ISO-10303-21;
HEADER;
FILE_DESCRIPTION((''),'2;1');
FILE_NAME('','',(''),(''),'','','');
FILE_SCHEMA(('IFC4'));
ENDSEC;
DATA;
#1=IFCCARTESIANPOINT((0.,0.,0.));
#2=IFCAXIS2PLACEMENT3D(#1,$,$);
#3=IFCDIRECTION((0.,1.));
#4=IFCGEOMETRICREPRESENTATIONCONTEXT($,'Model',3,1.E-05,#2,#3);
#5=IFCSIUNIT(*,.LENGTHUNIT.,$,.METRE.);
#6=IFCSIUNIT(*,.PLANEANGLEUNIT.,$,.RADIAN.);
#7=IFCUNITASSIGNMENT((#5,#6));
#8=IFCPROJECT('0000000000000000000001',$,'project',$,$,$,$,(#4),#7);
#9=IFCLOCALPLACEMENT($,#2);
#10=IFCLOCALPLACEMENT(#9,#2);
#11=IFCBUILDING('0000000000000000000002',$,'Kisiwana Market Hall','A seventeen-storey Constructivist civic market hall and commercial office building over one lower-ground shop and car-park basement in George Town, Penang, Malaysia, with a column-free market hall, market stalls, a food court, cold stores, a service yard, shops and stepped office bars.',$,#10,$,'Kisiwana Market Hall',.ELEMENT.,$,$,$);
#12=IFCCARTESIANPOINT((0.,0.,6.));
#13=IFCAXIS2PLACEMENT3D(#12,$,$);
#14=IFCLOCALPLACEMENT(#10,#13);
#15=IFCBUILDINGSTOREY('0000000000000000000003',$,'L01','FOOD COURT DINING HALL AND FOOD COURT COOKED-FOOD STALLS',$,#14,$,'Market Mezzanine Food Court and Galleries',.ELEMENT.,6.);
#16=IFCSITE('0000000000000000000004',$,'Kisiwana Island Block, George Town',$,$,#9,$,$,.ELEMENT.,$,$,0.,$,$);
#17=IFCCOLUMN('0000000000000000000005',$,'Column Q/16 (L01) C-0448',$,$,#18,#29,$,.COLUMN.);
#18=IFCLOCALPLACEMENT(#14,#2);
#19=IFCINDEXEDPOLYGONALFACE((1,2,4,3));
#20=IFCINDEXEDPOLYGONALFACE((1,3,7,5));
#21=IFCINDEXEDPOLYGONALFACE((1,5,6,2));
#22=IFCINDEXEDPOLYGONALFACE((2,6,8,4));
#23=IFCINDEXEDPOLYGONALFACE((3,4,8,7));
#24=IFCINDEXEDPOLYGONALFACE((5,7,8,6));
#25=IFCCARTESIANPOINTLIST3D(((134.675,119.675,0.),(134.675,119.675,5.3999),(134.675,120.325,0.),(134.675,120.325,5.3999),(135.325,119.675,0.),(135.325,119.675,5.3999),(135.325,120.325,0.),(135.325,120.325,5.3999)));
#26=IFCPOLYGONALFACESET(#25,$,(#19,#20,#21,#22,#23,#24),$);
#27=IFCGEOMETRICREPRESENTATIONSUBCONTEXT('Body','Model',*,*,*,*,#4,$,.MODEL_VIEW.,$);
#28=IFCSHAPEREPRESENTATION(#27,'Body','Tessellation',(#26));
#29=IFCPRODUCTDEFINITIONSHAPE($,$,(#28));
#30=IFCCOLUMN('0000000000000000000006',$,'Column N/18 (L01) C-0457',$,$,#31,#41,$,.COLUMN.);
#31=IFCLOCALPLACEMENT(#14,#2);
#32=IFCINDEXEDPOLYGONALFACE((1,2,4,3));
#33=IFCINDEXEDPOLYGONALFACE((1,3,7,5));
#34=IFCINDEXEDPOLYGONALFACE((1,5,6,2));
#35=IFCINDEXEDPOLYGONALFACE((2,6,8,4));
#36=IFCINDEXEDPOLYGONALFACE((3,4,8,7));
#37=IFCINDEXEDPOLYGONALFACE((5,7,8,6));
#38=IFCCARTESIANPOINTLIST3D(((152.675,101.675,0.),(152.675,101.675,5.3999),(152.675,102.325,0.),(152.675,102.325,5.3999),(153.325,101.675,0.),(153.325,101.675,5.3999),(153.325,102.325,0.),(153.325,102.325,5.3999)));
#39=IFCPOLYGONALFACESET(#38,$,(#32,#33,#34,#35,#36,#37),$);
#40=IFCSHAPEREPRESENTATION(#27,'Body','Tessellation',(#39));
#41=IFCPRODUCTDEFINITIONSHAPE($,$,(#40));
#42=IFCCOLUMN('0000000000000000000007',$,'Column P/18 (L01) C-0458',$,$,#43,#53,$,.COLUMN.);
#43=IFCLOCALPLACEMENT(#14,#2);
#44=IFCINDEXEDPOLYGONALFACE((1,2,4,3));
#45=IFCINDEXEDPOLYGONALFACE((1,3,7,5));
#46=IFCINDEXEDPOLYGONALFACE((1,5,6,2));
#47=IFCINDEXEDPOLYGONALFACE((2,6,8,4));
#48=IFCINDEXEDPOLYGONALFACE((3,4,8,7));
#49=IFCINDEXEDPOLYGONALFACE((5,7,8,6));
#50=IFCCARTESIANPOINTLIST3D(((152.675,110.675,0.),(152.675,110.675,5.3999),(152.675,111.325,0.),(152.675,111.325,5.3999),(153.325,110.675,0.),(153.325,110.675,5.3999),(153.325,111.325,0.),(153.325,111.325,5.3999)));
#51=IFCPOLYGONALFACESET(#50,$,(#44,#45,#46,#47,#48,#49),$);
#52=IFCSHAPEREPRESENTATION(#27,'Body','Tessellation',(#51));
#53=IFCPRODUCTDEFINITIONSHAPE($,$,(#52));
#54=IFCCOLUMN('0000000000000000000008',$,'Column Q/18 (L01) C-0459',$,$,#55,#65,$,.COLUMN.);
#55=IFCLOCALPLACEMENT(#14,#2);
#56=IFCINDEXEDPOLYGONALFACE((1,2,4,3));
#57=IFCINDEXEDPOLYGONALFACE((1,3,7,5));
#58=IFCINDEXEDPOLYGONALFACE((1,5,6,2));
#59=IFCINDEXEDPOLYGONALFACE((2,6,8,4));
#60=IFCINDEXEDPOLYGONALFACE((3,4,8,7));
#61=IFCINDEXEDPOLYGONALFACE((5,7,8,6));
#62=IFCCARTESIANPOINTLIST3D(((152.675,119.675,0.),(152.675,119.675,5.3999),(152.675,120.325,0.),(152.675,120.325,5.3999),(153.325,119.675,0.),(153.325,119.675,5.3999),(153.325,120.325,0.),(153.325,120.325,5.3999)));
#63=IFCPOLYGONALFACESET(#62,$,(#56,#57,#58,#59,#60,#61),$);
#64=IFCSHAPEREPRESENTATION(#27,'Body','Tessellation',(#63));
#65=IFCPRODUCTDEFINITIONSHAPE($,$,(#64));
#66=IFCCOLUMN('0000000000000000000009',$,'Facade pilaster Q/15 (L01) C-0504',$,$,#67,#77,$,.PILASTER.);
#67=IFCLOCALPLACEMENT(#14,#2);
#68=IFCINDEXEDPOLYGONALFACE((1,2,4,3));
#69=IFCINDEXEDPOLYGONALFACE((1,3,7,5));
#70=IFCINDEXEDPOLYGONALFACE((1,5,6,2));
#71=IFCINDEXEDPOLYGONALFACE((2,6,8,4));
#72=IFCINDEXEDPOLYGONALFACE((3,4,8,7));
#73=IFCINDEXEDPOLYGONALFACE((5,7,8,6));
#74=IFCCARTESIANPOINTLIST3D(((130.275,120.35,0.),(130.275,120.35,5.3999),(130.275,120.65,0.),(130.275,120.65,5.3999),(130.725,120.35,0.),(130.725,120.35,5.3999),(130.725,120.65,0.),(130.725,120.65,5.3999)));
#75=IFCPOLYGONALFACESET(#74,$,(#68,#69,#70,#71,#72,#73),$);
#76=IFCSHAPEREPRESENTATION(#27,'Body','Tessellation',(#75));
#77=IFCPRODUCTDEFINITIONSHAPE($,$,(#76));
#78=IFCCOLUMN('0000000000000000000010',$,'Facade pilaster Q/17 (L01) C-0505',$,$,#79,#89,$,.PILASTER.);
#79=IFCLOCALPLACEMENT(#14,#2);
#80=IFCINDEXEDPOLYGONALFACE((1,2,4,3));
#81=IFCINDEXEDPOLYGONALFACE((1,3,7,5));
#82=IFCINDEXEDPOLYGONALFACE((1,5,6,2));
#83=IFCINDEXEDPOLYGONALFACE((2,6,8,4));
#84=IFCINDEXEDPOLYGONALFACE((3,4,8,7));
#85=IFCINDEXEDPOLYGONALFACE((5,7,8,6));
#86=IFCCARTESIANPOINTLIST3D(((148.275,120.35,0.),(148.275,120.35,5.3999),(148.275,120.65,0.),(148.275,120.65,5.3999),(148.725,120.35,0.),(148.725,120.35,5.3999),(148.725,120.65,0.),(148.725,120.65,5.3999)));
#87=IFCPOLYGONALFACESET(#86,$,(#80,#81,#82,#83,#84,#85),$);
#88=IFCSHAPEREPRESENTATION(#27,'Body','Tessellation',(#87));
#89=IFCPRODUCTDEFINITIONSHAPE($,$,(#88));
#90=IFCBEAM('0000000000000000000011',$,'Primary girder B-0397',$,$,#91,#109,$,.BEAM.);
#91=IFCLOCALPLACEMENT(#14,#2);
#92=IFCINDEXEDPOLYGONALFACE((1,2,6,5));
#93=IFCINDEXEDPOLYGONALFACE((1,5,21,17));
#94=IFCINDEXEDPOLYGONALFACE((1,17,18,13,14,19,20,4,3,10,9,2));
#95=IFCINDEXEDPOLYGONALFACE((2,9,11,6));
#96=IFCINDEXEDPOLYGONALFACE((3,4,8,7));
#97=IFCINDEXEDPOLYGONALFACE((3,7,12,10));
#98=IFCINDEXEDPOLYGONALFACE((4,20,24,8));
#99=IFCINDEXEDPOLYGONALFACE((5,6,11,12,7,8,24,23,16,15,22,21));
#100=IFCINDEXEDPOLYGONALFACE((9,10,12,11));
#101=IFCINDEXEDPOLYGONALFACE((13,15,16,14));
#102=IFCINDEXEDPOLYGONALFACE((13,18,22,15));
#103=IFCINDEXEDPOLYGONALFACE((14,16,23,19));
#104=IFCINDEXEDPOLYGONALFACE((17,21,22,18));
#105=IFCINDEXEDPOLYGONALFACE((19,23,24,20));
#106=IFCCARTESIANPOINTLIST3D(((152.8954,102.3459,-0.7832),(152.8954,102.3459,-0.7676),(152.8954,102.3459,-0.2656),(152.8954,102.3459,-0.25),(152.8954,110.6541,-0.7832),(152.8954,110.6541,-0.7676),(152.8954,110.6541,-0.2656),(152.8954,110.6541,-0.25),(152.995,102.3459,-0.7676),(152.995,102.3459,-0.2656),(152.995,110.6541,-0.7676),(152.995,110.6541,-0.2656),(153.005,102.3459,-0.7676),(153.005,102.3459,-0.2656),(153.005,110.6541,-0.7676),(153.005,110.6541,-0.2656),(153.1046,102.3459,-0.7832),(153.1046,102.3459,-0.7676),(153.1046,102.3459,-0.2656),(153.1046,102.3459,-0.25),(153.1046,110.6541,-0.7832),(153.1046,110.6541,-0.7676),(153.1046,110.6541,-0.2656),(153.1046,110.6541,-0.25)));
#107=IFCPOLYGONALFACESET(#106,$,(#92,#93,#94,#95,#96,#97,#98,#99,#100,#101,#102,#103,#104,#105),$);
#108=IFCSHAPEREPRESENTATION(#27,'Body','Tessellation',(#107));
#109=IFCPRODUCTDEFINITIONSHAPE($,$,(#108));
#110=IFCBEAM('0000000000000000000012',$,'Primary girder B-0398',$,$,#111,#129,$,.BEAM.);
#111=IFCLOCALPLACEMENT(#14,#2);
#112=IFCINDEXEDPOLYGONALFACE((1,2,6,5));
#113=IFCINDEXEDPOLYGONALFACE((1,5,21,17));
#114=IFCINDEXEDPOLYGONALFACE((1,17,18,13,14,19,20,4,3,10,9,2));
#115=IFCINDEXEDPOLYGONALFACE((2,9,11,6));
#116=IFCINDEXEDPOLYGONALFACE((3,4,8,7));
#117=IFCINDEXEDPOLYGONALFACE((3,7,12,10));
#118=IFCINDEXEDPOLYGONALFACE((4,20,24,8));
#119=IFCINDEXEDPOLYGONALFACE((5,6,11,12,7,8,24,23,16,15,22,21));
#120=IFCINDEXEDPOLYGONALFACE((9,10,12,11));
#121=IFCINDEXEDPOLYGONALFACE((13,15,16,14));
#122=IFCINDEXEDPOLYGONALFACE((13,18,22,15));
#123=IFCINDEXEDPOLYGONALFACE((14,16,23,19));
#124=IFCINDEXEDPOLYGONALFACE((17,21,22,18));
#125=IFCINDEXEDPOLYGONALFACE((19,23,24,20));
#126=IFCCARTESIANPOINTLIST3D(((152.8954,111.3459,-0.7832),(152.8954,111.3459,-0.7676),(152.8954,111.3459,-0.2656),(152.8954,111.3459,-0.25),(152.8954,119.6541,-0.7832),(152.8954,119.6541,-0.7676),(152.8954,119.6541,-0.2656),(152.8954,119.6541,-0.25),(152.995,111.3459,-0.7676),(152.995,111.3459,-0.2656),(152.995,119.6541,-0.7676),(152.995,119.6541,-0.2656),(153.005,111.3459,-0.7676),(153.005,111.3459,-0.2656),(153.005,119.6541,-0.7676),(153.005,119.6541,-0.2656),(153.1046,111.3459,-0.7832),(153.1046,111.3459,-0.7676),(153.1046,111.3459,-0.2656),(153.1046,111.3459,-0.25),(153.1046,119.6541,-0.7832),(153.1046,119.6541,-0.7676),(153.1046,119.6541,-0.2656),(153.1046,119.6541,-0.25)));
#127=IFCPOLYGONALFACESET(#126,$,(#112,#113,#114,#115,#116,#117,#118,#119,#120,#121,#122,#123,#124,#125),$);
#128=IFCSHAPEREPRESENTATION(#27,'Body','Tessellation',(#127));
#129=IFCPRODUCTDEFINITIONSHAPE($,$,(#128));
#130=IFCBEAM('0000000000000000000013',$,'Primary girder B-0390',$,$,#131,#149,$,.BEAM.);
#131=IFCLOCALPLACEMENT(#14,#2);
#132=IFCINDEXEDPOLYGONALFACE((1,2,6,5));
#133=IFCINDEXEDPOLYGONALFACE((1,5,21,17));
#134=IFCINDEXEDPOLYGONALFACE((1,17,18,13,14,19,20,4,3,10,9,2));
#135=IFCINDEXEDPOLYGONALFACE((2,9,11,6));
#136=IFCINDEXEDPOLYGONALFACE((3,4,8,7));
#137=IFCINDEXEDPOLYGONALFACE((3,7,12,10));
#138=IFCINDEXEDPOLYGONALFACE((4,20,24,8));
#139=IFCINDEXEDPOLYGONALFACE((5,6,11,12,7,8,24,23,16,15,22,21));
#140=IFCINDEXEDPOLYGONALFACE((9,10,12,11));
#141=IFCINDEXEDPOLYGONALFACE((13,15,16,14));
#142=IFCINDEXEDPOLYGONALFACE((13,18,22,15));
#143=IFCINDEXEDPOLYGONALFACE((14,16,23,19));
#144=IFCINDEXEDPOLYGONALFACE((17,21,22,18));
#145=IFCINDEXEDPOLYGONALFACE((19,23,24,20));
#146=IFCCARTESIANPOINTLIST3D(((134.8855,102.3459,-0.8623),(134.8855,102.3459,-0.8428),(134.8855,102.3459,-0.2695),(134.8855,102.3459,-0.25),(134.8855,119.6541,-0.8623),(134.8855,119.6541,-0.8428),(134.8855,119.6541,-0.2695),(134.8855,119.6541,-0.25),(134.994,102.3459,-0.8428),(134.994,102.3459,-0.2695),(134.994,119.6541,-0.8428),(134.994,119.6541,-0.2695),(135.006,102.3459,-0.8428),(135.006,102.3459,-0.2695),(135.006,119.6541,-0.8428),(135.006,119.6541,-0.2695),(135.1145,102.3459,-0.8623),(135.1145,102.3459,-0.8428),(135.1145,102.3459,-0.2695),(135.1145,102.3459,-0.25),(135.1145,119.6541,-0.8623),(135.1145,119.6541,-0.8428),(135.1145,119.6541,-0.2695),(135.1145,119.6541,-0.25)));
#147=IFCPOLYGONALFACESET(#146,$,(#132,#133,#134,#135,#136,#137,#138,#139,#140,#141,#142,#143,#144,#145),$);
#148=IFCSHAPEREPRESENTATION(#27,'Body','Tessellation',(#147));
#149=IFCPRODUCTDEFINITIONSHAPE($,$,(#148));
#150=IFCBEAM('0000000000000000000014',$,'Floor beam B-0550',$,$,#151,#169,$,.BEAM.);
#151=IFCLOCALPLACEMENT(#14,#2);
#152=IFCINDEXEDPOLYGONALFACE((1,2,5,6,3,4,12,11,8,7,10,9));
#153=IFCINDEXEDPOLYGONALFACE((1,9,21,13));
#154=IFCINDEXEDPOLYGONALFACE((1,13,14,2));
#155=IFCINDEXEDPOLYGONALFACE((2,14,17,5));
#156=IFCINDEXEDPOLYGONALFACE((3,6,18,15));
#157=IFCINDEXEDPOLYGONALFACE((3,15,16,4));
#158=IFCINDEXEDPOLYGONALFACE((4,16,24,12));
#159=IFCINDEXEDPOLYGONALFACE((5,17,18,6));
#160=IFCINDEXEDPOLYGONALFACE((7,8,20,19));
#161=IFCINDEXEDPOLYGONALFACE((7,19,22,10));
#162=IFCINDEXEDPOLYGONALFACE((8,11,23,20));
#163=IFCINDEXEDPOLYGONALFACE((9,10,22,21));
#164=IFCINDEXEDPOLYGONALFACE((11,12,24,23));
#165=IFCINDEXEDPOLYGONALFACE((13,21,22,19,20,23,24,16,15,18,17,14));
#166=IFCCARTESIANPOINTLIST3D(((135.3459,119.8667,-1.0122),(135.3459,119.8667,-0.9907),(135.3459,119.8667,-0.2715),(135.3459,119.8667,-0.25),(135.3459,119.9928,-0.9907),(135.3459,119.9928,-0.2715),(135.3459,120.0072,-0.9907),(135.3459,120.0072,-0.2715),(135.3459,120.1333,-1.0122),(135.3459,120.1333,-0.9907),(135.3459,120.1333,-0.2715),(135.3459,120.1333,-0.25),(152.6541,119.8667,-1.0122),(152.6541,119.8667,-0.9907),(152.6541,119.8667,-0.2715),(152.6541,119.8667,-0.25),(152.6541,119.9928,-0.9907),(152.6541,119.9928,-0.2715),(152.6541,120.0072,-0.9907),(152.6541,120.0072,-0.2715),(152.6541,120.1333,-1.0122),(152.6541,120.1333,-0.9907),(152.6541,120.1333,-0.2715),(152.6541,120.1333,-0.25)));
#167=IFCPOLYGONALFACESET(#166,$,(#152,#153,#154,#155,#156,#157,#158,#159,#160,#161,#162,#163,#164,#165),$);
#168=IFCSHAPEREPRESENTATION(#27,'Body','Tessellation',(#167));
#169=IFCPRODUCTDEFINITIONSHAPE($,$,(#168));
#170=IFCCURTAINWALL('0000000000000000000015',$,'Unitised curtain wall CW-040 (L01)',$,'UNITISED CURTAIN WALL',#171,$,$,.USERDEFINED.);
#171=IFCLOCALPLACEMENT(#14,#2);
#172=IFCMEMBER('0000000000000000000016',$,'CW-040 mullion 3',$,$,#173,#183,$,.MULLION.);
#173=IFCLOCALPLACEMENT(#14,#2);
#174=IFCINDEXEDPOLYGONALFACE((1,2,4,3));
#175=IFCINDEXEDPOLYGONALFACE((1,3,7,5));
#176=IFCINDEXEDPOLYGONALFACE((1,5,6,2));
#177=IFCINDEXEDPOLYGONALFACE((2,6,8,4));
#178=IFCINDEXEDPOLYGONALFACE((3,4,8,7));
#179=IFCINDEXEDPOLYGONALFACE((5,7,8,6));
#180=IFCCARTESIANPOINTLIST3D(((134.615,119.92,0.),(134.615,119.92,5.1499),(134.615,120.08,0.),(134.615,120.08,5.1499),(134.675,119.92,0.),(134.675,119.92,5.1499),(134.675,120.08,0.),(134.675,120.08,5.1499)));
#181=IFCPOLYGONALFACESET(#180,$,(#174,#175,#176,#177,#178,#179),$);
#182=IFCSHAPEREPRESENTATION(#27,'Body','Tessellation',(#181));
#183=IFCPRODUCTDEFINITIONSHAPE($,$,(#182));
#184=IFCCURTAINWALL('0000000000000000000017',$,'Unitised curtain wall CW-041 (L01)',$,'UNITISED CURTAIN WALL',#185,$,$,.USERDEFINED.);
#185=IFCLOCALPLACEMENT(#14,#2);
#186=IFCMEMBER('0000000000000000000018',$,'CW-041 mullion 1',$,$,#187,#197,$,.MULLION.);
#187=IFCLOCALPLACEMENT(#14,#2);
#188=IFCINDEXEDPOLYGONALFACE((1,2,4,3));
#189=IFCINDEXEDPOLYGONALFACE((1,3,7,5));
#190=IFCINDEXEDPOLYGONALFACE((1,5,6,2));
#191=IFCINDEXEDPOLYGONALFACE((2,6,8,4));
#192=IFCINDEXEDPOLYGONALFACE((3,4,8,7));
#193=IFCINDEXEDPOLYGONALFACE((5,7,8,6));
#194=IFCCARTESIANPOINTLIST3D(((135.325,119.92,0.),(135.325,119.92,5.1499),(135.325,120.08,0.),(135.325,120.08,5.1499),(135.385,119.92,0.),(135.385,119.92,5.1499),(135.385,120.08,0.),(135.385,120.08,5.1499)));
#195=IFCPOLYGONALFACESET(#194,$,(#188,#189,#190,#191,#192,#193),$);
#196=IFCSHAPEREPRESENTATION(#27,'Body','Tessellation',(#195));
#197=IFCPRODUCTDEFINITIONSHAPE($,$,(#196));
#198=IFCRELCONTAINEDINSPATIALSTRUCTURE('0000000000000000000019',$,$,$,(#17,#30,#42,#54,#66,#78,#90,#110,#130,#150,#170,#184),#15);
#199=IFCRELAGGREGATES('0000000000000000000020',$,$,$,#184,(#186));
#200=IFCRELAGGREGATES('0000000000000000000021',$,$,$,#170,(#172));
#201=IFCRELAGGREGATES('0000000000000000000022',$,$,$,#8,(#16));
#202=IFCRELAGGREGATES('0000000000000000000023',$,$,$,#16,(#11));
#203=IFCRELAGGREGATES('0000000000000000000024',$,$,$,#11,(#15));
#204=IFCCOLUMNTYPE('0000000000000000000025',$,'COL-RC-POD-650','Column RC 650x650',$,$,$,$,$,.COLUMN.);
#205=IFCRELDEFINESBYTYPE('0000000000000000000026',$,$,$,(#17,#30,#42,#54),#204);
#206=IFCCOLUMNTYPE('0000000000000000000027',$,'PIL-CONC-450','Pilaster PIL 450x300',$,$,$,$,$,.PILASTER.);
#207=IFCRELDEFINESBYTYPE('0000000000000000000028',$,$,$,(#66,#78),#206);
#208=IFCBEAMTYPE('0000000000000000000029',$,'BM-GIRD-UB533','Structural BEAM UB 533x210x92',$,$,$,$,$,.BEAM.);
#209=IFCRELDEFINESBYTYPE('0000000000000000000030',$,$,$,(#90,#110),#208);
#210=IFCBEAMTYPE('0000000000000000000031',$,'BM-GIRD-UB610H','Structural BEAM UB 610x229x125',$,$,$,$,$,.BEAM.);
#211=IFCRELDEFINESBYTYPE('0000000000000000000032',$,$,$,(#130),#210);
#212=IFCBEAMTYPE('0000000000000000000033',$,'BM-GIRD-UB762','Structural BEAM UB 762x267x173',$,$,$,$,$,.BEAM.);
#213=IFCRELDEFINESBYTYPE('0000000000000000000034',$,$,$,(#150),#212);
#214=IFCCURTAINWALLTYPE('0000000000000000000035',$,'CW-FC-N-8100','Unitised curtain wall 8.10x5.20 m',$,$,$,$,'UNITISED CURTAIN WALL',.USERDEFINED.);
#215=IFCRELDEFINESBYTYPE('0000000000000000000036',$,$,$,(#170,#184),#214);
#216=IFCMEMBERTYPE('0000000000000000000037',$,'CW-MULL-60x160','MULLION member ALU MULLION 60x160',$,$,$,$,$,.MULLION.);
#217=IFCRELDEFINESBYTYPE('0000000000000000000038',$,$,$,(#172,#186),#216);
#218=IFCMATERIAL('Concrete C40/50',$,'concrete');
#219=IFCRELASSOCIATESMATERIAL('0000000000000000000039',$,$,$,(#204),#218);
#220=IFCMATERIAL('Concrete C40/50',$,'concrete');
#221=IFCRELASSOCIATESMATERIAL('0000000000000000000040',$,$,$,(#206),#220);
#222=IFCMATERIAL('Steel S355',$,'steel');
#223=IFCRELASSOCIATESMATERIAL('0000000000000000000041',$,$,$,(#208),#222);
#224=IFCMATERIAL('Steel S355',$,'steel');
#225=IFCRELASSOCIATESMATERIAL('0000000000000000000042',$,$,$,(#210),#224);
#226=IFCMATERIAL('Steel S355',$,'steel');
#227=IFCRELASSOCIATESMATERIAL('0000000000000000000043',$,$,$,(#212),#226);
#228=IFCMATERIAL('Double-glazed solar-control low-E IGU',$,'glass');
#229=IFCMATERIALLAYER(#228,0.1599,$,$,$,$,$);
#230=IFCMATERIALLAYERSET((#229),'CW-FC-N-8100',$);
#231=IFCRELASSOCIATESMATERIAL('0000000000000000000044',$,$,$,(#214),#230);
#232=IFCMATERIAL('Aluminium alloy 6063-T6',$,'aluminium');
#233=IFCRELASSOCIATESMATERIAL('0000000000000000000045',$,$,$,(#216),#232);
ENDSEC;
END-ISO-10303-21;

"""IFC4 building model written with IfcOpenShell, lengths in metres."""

from ifc_helpers import new_model, si_unit, direction, frame, origin, origin_2d, place, context, subcontext, project, spatial, rectangle, i_section, extrude, material, layer, layer_set, material_profile, profile_set, type_object, element, aggregate, save


model = new_model("IFC4")

# Units and contexts
model_context = context("Model", 3, precision=1e-05, world=origin(), true_north=direction((0.0, 1.0)))
body_context = subcontext(model_context, "Body", "Model", "MODEL_VIEW")
ifc_project = project(units=[si_unit("LENGTHUNIT", "METRE"), si_unit("PLANEANGLEUNIT", "RADIAN")], contexts=[model_context])

# Site, building, storey
site_placement = place(None, origin())
site = spatial("IfcSite", under=ifc_project, at=site_placement, Name="Kisiwana Island Block, George Town", CompositionType="ELEMENT", RefElevation=0.0)
building_placement = place(site_placement, origin())
building = spatial("IfcBuilding", under=site, at=building_placement, Name="Kisiwana Market Hall", Description="A seventeen-storey Constructivist civic market hall and commercial office building over one lower-ground shop and car-park basement in George Town, Penang, Malaysia, with a column-free market hall, market stalls, a food court, cold stores, a service yard, shops and stepped office bars.", LongName="Kisiwana Market Hall", CompositionType="ELEMENT")
storey_placement = place(building_placement, frame((0.0, 0.0, 6.0)))
storey = spatial("IfcBuildingStorey", under=building, at=storey_placement, Name="L01", Description="FOOD COURT DINING HALL AND FOOD COURT COOKED-FOOD STALLS", LongName="Market Mezzanine Food Court and Galleries", CompositionType="ELEMENT", Elevation=6.0)

# Columns
ifc_material_1 = material(Name="Concrete C40/50", Category="concrete")
ifc_material_profile_1 = material_profile(ifc_material_1, rectangle(XDim=0.6499, YDim=0.6499, at=origin_2d()), Name="RC 650x650")
ifc_profile_set_1 = profile_set([ifc_material_profile_1], Name="Concrete C40/50")
column_type_1 = type_object("IfcColumnType", Name="COL-RC-POD-650", Description="Column RC 650x650", PredefinedType="COLUMN", material=ifc_profile_set_1)
for number, where, z_axis, x_axis, name in (
    (1, (135.0, 120.0, 0.0), (0.0, 0.0, 1.0), (1.0, 0.0, 0.0), "Column Q/16 (L01) C-0448"),
    (2, (153.0, 102.0, 0.0), (0.0, 0.0, 1.0), (1.0, 0.0, 0.0), "Column N/18 (L01) C-0457"),
    (3, (153.0, 111.0, 0.0), (0.0, 0.0, 1.0), (1.0, 0.0, 0.0), "Column P/18 (L01) C-0458"),
    (4, (153.0, 120.0, 0.0), (0.0, 0.0, 1.0), (1.0, 0.0, 0.0), "Column Q/18 (L01) C-0459"),
):
    element("IfcColumn", number, at=place(storey_placement, frame(where, z_axis=z_axis, x_axis=x_axis)), inside=storey, type_object=column_type_1, Name=name, PredefinedType="COLUMN", context=body_context, shape_type="SweptSolid", body=[
        extrude(rectangle(XDim=0.6499, YDim=0.6499, at=origin_2d()), origin(), (0.0, 0.0, 1.0), 5.3999),
    ])
ifc_material_2 = material(Name="Concrete C40/50", Category="concrete")
ifc_material_profile_2 = material_profile(ifc_material_2, rectangle(XDim=0.45, YDim=0.3, at=origin_2d()), Name="PIL 450x300")
ifc_profile_set_2 = profile_set([ifc_material_profile_2], Name="Concrete C40/50")
column_type_2 = type_object("IfcColumnType", Name="PIL-CONC-450", Description="Pilaster PIL 450x300", PredefinedType="PILASTER", material=ifc_profile_set_2)
for number, where, z_axis, x_axis, name in (
    (5, (130.5, 120.5, 0.0), (0.0, 0.0, 1.0), (1.0, 0.0, 0.0), "Facade pilaster Q/15 (L01) C-0504"),
    (6, (148.5, 120.5, 0.0), (0.0, 0.0, 1.0), (1.0, 0.0, 0.0), "Facade pilaster Q/17 (L01) C-0505"),
):
    element("IfcColumn", number, at=place(storey_placement, frame(where, z_axis=z_axis, x_axis=x_axis)), inside=storey, type_object=column_type_2, Name=name, PredefinedType="PILASTER", context=body_context, shape_type="SweptSolid", body=[
        extrude(rectangle(XDim=0.45, YDim=0.3, at=origin_2d()), origin(), (0.0, 0.0, 1.0), 5.3999),
    ])

# Beams
ifc_material_3 = material(Name="Steel S355", Category="steel")
ifc_material_profile_3 = material_profile(ifc_material_3, i_section(OverallWidth=0.2092, OverallDepth=0.5332, WebThickness=0.01, FlangeThickness=0.0156, at=origin_2d()), Name="UB 533x210x92")
ifc_profile_set_3 = profile_set([ifc_material_profile_3], Name="Steel S355")
beam_type_1 = type_object("IfcBeamType", Name="BM-GIRD-UB533", Description="Structural BEAM UB 533x210x92", PredefinedType="BEAM", material=ifc_profile_set_3)
for number, where, z_axis, x_axis, name in (
    (7, (153.0, 102.3459, -0.5166), (0.0, 1.0, 0.0), (-1.0, 0.0, 0.0), "Primary girder B-0397"),
    (8, (153.0, 111.3459, -0.5166), (0.0, 1.0, 0.0), (-1.0, 0.0, 0.0), "Primary girder B-0398"),
):
    element("IfcBeam", number, at=place(storey_placement, frame(where, z_axis=z_axis, x_axis=x_axis)), inside=storey, type_object=beam_type_1, Name=name, PredefinedType="BEAM", context=body_context, shape_type="SweptSolid", body=[
        extrude(i_section(OverallWidth=0.2092, OverallDepth=0.5332, WebThickness=0.01, FlangeThickness=0.0156, at=origin_2d()), origin(), (0.0, 0.0, 1.0), 8.3081),
    ])
ifc_material_4 = material(Name="Steel S355", Category="steel")
ifc_material_profile_4 = material_profile(ifc_material_4, i_section(OverallWidth=0.229, OverallDepth=0.6123, WebThickness=0.012, FlangeThickness=0.0195, at=origin_2d()), Name="UB 610x229x125")
ifc_profile_set_4 = profile_set([ifc_material_profile_4], Name="Steel S355")
beam_type_2 = type_object("IfcBeamType", Name="BM-GIRD-UB610H", Description="Structural BEAM UB 610x229x125", PredefinedType="BEAM", material=ifc_profile_set_4)
beam_1_placement = place(storey_placement, frame((135.0, 102.3459, -0.5562), z_axis=(0.0, 1.0, 0.0), x_axis=(-1.0, 0.0, 0.0)))
element("IfcBeam", 9, at=beam_1_placement, inside=storey, type_object=beam_type_2, Name="Primary girder B-0390", PredefinedType="BEAM", context=body_context, shape_type="SweptSolid", body=[
    extrude(i_section(OverallWidth=0.229, OverallDepth=0.6123, WebThickness=0.012, FlangeThickness=0.0195, at=origin_2d()), origin(), (0.0, 0.0, 1.0), 17.3081),
])
ifc_material_5 = material(Name="Steel S355", Category="steel")
ifc_material_profile_5 = material_profile(ifc_material_5, i_section(OverallWidth=0.2666, OverallDepth=0.7622, WebThickness=0.0144, FlangeThickness=0.0215, at=origin_2d()), Name="UB 762x267x173")
ifc_profile_set_5 = profile_set([ifc_material_profile_5], Name="Steel S355")
beam_type_3 = type_object("IfcBeamType", Name="BM-GIRD-UB762", Description="Structural BEAM UB 762x267x173", PredefinedType="BEAM", material=ifc_profile_set_5)
beam_2_placement = place(storey_placement, frame((135.3459, 120.0, -0.6311), z_axis=(1.0, 0.0, 0.0), x_axis=(0.0, 1.0, 0.0)))
element("IfcBeam", 10, at=beam_2_placement, inside=storey, type_object=beam_type_3, Name="Floor beam B-0550", PredefinedType="BEAM", context=body_context, shape_type="SweptSolid", body=[
    extrude(i_section(OverallWidth=0.2666, OverallDepth=0.7622, WebThickness=0.0144, FlangeThickness=0.0215, at=origin_2d()), origin(), (0.0, 0.0, 1.0), 17.3081),
])

# Curtain wall, member
ifc_material_6 = material(Name="Double-glazed solar-control low-E IGU", Category="glass")
ifc_layer_1 = layer(ifc_material_6, 0.1599)
ifc_layer_set_1 = layer_set([ifc_layer_1], Name="CW-FC-N-8100")
curtain_wall_type = type_object("IfcCurtainWallType", Name="CW-FC-N-8100", Description="Unitised curtain wall 8.10x5.20 m", ElementType="UNITISED CURTAIN WALL", PredefinedType="USERDEFINED", material=ifc_layer_set_1)
curtain_wall_1_placement = place(storey_placement, origin())
curtain_wall_1 = element("IfcCurtainWall", 11, at=curtain_wall_1_placement, inside=storey, type_object=curtain_wall_type, Name="Unitised curtain wall CW-040 (L01)", ObjectType="UNITISED CURTAIN WALL", PredefinedType="USERDEFINED")
ifc_material_7 = material(Name="Aluminium alloy 6063-T6", Category="aluminium")
ifc_material_profile_6 = material_profile(ifc_material_7, rectangle(XDim=0.0601, YDim=0.1599, at=origin_2d()), Name="ALU MULLION 60x160")
ifc_profile_set_6 = profile_set([ifc_material_profile_6], Name="Aluminium alloy 6063-T6")
member_type_1 = type_object("IfcMemberType", Name="CW-MULL-60x160", Description="MULLION member ALU MULLION 60x160", PredefinedType="MULLION", material=ifc_profile_set_6)
member_1_placement = place(storey_placement, frame((134.645, 120.0, 0.0), z_axis=(0.0, 0.0, 1.0), x_axis=(1.0, 0.0, 0.0)))
member_1 = element("IfcMember", 12, at=member_1_placement, type_object=member_type_1, Name="CW-040 mullion 3", PredefinedType="MULLION", context=body_context, shape_type="SweptSolid", body=[
    extrude(rectangle(XDim=0.0601, YDim=0.1599, at=origin_2d()), origin(), (0.0, 0.0, 1.0), 5.1499),
])

# Curtain wall, member
curtain_wall_2_placement = place(storey_placement, origin())
curtain_wall_2 = element("IfcCurtainWall", 13, at=curtain_wall_2_placement, inside=storey, type_object=curtain_wall_type, Name="Unitised curtain wall CW-041 (L01)", ObjectType="UNITISED CURTAIN WALL", PredefinedType="USERDEFINED")
member_2_placement = place(storey_placement, frame((135.355, 120.0, 0.0), z_axis=(0.0, 0.0, 1.0), x_axis=(1.0, 0.0, 0.0)))
member_2 = element("IfcMember", 14, at=member_2_placement, type_object=member_type_1, Name="CW-041 mullion 1", PredefinedType="MULLION", context=body_context, shape_type="SweptSolid", body=[
    extrude(rectangle(XDim=0.0601, YDim=0.1599, at=origin_2d()), origin(), (0.0, 0.0, 1.0), 5.1499),
])
aggregate(curtain_wall_2, [member_2])

aggregate(curtain_wall_1, [member_1])

save(model, "model.ifc")
